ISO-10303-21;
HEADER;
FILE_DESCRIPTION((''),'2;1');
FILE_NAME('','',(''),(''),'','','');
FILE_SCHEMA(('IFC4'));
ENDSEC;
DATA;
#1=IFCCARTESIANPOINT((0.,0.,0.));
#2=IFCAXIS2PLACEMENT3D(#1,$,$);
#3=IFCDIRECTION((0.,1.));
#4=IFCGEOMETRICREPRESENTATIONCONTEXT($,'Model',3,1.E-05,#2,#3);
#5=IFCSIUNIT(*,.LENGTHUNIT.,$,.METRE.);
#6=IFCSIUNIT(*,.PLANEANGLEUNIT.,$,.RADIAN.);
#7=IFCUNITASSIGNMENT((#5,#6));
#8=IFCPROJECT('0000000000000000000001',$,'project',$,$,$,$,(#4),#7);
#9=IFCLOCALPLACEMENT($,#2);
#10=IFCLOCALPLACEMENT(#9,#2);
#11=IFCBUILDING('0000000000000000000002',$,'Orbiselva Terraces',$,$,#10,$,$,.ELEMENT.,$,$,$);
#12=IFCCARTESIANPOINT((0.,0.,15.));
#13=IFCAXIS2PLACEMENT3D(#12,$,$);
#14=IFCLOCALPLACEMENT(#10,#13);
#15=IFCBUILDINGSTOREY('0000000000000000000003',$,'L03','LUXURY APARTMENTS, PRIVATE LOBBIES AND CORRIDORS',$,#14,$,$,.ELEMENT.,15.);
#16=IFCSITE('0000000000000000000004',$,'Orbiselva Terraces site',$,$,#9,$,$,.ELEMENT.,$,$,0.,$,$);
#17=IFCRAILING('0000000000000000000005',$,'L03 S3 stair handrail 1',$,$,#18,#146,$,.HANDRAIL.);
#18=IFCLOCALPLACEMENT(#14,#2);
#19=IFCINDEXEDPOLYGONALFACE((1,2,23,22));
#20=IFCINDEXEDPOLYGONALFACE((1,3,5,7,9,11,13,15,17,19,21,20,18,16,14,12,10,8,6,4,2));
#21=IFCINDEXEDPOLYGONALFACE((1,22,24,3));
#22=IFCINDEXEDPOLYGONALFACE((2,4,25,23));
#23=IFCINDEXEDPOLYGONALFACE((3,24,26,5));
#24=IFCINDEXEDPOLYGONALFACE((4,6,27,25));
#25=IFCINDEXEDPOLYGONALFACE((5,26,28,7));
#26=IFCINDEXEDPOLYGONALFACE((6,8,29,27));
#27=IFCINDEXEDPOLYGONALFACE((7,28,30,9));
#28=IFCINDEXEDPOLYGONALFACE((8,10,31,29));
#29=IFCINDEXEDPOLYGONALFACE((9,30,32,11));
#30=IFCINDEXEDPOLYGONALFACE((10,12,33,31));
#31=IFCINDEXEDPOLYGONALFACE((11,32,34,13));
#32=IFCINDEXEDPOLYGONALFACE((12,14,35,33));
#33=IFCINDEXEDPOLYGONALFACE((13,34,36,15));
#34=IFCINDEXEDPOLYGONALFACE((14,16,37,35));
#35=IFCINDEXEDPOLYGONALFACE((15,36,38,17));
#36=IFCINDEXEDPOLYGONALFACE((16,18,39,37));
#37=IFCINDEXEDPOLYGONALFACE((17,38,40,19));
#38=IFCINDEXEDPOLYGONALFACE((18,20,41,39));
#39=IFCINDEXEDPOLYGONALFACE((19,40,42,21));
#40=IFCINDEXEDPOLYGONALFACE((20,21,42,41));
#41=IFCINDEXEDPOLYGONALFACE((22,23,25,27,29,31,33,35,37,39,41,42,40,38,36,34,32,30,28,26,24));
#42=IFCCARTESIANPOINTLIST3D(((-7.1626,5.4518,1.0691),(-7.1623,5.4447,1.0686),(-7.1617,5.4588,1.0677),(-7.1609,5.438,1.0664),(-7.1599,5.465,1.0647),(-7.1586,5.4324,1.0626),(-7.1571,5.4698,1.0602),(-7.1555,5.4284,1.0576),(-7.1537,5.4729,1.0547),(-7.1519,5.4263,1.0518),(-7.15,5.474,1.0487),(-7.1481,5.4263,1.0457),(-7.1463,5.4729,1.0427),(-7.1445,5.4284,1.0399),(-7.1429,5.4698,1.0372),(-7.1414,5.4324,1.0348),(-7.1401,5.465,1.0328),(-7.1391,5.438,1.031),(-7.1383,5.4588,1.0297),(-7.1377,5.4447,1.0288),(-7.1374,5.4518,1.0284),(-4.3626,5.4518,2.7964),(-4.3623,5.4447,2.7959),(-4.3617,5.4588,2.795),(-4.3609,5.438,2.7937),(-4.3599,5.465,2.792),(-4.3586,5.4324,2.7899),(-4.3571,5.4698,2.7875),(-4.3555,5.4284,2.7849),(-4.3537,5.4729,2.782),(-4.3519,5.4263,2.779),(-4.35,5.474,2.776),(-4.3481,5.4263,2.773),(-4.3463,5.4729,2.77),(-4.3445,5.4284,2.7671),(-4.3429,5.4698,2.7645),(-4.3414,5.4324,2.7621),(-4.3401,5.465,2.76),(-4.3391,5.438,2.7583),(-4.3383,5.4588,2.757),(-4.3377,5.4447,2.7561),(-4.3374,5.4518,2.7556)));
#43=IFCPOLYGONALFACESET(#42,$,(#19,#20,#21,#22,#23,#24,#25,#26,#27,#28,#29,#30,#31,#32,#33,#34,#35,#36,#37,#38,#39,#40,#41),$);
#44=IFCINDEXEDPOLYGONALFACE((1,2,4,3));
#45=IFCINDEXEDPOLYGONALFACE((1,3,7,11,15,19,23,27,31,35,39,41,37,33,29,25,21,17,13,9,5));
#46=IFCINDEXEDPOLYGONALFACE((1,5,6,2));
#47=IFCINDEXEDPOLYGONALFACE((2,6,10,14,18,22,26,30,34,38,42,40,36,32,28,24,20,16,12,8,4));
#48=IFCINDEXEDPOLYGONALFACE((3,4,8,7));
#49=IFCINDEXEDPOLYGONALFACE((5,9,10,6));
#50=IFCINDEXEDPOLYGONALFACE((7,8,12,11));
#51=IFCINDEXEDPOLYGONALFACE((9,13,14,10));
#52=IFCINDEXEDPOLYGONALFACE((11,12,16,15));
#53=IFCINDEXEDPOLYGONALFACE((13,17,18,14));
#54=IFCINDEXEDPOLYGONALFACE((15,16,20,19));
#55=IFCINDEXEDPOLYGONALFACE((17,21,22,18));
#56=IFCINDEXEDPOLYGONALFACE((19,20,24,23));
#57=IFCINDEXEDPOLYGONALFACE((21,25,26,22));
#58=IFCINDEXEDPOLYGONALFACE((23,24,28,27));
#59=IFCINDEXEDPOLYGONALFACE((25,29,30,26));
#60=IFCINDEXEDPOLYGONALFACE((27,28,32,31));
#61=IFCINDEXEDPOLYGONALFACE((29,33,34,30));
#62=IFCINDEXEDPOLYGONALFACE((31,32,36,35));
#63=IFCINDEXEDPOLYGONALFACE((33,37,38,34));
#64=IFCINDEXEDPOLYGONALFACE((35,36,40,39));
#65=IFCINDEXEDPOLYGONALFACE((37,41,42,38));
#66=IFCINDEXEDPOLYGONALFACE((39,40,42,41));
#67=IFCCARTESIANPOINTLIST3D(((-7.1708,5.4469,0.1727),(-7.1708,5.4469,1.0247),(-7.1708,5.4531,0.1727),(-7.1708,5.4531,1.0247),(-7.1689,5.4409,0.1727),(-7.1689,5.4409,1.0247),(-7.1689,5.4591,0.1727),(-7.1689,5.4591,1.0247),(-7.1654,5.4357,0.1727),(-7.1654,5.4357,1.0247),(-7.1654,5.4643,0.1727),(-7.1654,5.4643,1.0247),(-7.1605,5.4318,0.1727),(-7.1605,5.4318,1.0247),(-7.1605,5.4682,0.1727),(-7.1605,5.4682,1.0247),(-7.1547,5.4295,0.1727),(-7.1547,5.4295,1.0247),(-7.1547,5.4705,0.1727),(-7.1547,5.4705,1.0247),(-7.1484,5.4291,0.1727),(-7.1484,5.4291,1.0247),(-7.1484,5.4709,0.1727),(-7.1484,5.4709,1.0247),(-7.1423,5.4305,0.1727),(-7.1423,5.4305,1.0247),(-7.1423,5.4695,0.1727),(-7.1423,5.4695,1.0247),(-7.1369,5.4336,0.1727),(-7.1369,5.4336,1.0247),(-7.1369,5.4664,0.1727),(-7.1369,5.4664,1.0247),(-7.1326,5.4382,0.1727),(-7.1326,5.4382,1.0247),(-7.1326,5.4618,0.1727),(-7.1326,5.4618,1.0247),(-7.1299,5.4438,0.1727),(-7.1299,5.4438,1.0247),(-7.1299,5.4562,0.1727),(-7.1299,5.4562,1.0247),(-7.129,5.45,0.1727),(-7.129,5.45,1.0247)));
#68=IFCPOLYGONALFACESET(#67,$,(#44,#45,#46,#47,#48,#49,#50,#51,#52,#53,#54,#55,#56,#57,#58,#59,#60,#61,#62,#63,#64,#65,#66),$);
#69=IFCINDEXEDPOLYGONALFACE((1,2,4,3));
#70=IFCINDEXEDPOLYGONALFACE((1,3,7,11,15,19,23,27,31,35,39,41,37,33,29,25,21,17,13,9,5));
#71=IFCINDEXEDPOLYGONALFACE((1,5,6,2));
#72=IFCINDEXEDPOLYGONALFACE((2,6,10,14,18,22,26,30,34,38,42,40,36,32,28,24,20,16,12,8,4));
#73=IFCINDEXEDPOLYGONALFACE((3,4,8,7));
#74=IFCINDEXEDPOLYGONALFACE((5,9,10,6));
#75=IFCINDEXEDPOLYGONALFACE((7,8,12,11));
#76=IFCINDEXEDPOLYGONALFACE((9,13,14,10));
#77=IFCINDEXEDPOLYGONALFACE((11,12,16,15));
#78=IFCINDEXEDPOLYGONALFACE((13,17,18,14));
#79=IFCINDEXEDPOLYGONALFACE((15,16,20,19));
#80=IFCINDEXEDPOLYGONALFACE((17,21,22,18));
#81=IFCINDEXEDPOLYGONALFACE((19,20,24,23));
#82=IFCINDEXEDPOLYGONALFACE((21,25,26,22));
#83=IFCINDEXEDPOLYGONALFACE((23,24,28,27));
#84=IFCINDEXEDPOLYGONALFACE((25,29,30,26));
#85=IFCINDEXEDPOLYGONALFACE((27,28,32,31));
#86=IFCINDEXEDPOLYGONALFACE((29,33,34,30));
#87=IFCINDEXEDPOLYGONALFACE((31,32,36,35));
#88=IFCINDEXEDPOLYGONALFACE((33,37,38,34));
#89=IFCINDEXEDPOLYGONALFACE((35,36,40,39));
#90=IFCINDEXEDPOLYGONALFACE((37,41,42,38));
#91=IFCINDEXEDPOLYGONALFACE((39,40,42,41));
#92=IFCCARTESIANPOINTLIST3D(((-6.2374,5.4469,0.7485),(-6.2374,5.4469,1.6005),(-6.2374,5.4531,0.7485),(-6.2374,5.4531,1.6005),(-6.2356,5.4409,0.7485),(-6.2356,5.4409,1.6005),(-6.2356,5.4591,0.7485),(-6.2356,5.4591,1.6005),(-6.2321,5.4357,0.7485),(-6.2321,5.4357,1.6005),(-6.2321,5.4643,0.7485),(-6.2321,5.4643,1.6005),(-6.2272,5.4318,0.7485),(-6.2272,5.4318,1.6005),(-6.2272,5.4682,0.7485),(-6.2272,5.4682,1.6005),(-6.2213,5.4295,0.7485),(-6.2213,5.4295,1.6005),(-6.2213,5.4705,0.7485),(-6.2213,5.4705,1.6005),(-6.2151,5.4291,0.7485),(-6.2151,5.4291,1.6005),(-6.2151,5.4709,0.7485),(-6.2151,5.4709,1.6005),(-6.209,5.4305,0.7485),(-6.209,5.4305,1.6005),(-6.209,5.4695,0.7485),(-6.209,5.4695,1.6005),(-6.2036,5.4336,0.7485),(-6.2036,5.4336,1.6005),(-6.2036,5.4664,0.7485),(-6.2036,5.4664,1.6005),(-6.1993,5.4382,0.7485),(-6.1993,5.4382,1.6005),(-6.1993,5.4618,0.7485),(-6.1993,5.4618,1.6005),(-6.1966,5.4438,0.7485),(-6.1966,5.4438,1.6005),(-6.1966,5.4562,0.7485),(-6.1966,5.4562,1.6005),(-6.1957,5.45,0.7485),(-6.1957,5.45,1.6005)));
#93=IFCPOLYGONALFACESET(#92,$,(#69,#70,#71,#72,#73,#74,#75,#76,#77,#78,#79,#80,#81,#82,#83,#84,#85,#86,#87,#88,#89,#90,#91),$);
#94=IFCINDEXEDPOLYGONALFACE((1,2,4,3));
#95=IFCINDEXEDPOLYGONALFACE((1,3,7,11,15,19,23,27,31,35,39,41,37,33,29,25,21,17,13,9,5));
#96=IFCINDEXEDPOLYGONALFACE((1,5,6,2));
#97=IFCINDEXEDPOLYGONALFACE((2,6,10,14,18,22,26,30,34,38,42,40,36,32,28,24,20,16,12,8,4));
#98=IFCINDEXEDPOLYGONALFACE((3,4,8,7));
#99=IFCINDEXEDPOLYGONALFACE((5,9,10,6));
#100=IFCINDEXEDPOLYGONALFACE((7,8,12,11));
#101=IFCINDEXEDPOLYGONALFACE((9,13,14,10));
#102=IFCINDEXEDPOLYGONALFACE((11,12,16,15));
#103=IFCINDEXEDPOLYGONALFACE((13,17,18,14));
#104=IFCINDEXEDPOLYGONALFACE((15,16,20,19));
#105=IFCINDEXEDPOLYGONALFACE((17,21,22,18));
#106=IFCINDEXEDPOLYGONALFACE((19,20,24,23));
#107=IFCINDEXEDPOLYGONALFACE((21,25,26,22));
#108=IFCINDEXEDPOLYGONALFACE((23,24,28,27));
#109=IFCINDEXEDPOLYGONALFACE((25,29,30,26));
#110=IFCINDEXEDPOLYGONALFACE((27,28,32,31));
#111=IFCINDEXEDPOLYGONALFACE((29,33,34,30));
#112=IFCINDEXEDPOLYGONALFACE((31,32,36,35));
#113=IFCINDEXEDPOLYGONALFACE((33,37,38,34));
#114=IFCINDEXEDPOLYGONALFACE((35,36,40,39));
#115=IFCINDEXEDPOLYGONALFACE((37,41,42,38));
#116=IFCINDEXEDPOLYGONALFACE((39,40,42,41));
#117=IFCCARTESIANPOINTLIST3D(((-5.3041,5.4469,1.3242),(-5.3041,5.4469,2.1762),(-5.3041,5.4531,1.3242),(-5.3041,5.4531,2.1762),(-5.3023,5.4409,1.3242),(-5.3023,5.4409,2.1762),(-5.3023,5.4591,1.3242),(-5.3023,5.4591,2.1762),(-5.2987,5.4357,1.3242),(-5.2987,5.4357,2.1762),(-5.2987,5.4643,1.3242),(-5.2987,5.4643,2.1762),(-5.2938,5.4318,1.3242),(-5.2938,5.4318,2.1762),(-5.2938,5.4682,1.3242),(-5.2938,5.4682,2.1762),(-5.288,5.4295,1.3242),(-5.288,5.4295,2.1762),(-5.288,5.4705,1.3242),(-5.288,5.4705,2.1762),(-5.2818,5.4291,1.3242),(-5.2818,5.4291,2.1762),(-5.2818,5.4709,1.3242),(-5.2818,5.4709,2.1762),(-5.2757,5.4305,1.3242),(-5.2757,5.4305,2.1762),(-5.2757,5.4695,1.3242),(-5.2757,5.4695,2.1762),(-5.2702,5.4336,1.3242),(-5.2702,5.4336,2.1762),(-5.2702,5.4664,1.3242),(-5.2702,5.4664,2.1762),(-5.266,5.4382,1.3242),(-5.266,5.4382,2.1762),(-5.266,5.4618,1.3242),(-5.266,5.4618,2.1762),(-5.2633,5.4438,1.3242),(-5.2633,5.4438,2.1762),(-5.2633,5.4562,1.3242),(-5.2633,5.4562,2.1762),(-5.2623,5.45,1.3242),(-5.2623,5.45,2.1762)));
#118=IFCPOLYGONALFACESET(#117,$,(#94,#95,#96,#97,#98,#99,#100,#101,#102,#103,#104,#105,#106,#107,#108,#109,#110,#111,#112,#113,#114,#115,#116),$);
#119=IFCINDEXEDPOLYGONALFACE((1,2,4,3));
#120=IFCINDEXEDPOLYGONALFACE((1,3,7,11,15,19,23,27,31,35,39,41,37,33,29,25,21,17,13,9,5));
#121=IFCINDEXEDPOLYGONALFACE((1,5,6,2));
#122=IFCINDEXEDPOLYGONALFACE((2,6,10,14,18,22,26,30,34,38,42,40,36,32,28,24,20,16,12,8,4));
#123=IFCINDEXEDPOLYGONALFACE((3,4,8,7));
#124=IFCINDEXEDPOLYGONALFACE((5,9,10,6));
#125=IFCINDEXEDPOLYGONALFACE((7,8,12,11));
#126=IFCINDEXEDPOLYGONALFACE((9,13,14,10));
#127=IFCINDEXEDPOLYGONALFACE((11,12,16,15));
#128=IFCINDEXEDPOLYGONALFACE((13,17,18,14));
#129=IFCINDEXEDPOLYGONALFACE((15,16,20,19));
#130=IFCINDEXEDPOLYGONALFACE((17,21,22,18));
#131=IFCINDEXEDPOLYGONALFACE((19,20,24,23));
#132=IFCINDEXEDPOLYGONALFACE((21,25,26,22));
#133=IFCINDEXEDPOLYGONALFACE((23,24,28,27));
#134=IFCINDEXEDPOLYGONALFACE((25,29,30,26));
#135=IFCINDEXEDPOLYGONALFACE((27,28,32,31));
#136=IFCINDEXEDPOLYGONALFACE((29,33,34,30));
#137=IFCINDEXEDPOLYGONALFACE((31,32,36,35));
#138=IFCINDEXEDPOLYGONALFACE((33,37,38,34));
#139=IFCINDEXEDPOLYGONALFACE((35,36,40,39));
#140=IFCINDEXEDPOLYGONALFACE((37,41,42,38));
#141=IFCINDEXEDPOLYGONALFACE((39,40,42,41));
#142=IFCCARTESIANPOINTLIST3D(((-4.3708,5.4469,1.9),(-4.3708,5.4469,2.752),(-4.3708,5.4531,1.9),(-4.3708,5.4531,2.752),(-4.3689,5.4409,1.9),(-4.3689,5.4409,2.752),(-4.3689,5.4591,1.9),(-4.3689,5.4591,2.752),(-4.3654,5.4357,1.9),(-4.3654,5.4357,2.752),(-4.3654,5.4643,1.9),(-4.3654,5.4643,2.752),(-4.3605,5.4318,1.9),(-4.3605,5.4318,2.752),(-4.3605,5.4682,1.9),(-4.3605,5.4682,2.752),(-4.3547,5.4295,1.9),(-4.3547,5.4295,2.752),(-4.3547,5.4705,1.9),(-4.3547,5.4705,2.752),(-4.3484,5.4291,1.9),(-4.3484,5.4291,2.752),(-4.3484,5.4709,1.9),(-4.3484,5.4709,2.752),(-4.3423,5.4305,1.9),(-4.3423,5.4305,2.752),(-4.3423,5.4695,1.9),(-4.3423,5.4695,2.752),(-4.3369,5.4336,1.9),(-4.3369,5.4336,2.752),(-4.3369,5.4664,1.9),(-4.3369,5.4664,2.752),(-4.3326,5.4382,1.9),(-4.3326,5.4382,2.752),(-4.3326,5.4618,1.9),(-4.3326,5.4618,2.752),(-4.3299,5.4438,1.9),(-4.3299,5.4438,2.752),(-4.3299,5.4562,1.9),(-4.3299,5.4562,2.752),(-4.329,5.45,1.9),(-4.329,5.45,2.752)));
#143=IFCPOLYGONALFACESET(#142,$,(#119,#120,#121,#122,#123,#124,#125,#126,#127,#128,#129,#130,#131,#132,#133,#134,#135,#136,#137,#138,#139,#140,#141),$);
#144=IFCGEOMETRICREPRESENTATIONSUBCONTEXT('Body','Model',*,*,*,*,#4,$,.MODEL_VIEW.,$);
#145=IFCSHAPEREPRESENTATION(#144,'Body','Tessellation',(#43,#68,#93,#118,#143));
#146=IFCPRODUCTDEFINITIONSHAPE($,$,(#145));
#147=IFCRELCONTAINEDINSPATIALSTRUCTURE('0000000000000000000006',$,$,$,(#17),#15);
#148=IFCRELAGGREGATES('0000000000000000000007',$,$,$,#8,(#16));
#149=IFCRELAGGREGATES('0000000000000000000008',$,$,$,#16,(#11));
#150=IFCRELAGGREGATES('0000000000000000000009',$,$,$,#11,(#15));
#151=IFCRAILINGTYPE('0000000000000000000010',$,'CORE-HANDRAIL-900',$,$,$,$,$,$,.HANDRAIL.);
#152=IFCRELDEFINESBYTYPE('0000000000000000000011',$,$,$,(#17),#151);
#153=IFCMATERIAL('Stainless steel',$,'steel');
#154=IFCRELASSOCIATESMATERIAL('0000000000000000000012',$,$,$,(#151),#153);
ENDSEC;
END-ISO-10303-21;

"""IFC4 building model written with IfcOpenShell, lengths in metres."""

from ifc_helpers import new_model, si_unit, direction, frame, origin, origin_2d, place, context, subcontext, project, spatial, circle, extrude, material, type_object, element, save


model = new_model("IFC4")

# Units and contexts
model_context = context("Model", 3, precision=1e-05, world=origin(), true_north=direction((0.0, 1.0)))
body_context = subcontext(model_context, "Body", "Model", "MODEL_VIEW")
ifc_project = project(units=[si_unit("LENGTHUNIT", "METRE"), si_unit("PLANEANGLEUNIT", "RADIAN")], contexts=[model_context])

# Site, building, storey
site_placement = place(None, origin())
site = spatial("IfcSite", under=ifc_project, at=site_placement, Name="Orbiselva Terraces site", CompositionType="ELEMENT", RefElevation=0.0)
building_placement = place(site_placement, origin())
building = spatial("IfcBuilding", under=site, at=building_placement, Name="Orbiselva Terraces", CompositionType="ELEMENT")
storey_placement = place(building_placement, frame((0.0, 0.0, 15.0)))
storey = spatial("IfcBuildingStorey", under=building, at=storey_placement, Name="L03", Description="LUXURY APARTMENTS, PRIVATE LOBBIES AND CORRIDORS", CompositionType="ELEMENT", Elevation=15.0)

# Railing
ifc_material_1 = material(Name="Stainless steel", Category="steel")
railing_type_1 = type_object("IfcRailingType", Name="CORE-HANDRAIL-900", PredefinedType="HANDRAIL", material=ifc_material_1)
railing_1_placement = place(storey_placement, frame((-7.15, 5.45, 0.1727)))
element("IfcRailing", 1, at=railing_1_placement, inside=storey, type_object=railing_type_1, Name="L03 S3 stair handrail 1", PredefinedType="HANDRAIL", context=body_context, shape_type="SweptSolid", body=[
    extrude(circle(Radius=0.024, at=origin_2d()), frame((0.0, 0.0, 0.876), z_axis=(0.851089, 0.0, 0.525022), x_axis=(0.0, 1.0, 0.0)), (0.0, 0.0, 1.0), 3.2899),
    extrude(circle(Radius=0.021, at=origin_2d()), origin(), (0.0, 0.0, 1.0), 0.852),
    extrude(circle(Radius=0.021, at=origin_2d()), frame((0.9333, 0.0, 0.5758)), (0.0, 0.0, 1.0), 0.852),
    extrude(circle(Radius=0.021, at=origin_2d()), frame((1.8667, 0.0, 1.1515)), (0.0, 0.0, 1.0), 0.852),
    extrude(circle(Radius=0.021, at=origin_2d()), frame((2.8, 0.0, 1.7273)), (0.0, 0.0, 1.0), 0.852),
])

save(model, "model.ifc")
